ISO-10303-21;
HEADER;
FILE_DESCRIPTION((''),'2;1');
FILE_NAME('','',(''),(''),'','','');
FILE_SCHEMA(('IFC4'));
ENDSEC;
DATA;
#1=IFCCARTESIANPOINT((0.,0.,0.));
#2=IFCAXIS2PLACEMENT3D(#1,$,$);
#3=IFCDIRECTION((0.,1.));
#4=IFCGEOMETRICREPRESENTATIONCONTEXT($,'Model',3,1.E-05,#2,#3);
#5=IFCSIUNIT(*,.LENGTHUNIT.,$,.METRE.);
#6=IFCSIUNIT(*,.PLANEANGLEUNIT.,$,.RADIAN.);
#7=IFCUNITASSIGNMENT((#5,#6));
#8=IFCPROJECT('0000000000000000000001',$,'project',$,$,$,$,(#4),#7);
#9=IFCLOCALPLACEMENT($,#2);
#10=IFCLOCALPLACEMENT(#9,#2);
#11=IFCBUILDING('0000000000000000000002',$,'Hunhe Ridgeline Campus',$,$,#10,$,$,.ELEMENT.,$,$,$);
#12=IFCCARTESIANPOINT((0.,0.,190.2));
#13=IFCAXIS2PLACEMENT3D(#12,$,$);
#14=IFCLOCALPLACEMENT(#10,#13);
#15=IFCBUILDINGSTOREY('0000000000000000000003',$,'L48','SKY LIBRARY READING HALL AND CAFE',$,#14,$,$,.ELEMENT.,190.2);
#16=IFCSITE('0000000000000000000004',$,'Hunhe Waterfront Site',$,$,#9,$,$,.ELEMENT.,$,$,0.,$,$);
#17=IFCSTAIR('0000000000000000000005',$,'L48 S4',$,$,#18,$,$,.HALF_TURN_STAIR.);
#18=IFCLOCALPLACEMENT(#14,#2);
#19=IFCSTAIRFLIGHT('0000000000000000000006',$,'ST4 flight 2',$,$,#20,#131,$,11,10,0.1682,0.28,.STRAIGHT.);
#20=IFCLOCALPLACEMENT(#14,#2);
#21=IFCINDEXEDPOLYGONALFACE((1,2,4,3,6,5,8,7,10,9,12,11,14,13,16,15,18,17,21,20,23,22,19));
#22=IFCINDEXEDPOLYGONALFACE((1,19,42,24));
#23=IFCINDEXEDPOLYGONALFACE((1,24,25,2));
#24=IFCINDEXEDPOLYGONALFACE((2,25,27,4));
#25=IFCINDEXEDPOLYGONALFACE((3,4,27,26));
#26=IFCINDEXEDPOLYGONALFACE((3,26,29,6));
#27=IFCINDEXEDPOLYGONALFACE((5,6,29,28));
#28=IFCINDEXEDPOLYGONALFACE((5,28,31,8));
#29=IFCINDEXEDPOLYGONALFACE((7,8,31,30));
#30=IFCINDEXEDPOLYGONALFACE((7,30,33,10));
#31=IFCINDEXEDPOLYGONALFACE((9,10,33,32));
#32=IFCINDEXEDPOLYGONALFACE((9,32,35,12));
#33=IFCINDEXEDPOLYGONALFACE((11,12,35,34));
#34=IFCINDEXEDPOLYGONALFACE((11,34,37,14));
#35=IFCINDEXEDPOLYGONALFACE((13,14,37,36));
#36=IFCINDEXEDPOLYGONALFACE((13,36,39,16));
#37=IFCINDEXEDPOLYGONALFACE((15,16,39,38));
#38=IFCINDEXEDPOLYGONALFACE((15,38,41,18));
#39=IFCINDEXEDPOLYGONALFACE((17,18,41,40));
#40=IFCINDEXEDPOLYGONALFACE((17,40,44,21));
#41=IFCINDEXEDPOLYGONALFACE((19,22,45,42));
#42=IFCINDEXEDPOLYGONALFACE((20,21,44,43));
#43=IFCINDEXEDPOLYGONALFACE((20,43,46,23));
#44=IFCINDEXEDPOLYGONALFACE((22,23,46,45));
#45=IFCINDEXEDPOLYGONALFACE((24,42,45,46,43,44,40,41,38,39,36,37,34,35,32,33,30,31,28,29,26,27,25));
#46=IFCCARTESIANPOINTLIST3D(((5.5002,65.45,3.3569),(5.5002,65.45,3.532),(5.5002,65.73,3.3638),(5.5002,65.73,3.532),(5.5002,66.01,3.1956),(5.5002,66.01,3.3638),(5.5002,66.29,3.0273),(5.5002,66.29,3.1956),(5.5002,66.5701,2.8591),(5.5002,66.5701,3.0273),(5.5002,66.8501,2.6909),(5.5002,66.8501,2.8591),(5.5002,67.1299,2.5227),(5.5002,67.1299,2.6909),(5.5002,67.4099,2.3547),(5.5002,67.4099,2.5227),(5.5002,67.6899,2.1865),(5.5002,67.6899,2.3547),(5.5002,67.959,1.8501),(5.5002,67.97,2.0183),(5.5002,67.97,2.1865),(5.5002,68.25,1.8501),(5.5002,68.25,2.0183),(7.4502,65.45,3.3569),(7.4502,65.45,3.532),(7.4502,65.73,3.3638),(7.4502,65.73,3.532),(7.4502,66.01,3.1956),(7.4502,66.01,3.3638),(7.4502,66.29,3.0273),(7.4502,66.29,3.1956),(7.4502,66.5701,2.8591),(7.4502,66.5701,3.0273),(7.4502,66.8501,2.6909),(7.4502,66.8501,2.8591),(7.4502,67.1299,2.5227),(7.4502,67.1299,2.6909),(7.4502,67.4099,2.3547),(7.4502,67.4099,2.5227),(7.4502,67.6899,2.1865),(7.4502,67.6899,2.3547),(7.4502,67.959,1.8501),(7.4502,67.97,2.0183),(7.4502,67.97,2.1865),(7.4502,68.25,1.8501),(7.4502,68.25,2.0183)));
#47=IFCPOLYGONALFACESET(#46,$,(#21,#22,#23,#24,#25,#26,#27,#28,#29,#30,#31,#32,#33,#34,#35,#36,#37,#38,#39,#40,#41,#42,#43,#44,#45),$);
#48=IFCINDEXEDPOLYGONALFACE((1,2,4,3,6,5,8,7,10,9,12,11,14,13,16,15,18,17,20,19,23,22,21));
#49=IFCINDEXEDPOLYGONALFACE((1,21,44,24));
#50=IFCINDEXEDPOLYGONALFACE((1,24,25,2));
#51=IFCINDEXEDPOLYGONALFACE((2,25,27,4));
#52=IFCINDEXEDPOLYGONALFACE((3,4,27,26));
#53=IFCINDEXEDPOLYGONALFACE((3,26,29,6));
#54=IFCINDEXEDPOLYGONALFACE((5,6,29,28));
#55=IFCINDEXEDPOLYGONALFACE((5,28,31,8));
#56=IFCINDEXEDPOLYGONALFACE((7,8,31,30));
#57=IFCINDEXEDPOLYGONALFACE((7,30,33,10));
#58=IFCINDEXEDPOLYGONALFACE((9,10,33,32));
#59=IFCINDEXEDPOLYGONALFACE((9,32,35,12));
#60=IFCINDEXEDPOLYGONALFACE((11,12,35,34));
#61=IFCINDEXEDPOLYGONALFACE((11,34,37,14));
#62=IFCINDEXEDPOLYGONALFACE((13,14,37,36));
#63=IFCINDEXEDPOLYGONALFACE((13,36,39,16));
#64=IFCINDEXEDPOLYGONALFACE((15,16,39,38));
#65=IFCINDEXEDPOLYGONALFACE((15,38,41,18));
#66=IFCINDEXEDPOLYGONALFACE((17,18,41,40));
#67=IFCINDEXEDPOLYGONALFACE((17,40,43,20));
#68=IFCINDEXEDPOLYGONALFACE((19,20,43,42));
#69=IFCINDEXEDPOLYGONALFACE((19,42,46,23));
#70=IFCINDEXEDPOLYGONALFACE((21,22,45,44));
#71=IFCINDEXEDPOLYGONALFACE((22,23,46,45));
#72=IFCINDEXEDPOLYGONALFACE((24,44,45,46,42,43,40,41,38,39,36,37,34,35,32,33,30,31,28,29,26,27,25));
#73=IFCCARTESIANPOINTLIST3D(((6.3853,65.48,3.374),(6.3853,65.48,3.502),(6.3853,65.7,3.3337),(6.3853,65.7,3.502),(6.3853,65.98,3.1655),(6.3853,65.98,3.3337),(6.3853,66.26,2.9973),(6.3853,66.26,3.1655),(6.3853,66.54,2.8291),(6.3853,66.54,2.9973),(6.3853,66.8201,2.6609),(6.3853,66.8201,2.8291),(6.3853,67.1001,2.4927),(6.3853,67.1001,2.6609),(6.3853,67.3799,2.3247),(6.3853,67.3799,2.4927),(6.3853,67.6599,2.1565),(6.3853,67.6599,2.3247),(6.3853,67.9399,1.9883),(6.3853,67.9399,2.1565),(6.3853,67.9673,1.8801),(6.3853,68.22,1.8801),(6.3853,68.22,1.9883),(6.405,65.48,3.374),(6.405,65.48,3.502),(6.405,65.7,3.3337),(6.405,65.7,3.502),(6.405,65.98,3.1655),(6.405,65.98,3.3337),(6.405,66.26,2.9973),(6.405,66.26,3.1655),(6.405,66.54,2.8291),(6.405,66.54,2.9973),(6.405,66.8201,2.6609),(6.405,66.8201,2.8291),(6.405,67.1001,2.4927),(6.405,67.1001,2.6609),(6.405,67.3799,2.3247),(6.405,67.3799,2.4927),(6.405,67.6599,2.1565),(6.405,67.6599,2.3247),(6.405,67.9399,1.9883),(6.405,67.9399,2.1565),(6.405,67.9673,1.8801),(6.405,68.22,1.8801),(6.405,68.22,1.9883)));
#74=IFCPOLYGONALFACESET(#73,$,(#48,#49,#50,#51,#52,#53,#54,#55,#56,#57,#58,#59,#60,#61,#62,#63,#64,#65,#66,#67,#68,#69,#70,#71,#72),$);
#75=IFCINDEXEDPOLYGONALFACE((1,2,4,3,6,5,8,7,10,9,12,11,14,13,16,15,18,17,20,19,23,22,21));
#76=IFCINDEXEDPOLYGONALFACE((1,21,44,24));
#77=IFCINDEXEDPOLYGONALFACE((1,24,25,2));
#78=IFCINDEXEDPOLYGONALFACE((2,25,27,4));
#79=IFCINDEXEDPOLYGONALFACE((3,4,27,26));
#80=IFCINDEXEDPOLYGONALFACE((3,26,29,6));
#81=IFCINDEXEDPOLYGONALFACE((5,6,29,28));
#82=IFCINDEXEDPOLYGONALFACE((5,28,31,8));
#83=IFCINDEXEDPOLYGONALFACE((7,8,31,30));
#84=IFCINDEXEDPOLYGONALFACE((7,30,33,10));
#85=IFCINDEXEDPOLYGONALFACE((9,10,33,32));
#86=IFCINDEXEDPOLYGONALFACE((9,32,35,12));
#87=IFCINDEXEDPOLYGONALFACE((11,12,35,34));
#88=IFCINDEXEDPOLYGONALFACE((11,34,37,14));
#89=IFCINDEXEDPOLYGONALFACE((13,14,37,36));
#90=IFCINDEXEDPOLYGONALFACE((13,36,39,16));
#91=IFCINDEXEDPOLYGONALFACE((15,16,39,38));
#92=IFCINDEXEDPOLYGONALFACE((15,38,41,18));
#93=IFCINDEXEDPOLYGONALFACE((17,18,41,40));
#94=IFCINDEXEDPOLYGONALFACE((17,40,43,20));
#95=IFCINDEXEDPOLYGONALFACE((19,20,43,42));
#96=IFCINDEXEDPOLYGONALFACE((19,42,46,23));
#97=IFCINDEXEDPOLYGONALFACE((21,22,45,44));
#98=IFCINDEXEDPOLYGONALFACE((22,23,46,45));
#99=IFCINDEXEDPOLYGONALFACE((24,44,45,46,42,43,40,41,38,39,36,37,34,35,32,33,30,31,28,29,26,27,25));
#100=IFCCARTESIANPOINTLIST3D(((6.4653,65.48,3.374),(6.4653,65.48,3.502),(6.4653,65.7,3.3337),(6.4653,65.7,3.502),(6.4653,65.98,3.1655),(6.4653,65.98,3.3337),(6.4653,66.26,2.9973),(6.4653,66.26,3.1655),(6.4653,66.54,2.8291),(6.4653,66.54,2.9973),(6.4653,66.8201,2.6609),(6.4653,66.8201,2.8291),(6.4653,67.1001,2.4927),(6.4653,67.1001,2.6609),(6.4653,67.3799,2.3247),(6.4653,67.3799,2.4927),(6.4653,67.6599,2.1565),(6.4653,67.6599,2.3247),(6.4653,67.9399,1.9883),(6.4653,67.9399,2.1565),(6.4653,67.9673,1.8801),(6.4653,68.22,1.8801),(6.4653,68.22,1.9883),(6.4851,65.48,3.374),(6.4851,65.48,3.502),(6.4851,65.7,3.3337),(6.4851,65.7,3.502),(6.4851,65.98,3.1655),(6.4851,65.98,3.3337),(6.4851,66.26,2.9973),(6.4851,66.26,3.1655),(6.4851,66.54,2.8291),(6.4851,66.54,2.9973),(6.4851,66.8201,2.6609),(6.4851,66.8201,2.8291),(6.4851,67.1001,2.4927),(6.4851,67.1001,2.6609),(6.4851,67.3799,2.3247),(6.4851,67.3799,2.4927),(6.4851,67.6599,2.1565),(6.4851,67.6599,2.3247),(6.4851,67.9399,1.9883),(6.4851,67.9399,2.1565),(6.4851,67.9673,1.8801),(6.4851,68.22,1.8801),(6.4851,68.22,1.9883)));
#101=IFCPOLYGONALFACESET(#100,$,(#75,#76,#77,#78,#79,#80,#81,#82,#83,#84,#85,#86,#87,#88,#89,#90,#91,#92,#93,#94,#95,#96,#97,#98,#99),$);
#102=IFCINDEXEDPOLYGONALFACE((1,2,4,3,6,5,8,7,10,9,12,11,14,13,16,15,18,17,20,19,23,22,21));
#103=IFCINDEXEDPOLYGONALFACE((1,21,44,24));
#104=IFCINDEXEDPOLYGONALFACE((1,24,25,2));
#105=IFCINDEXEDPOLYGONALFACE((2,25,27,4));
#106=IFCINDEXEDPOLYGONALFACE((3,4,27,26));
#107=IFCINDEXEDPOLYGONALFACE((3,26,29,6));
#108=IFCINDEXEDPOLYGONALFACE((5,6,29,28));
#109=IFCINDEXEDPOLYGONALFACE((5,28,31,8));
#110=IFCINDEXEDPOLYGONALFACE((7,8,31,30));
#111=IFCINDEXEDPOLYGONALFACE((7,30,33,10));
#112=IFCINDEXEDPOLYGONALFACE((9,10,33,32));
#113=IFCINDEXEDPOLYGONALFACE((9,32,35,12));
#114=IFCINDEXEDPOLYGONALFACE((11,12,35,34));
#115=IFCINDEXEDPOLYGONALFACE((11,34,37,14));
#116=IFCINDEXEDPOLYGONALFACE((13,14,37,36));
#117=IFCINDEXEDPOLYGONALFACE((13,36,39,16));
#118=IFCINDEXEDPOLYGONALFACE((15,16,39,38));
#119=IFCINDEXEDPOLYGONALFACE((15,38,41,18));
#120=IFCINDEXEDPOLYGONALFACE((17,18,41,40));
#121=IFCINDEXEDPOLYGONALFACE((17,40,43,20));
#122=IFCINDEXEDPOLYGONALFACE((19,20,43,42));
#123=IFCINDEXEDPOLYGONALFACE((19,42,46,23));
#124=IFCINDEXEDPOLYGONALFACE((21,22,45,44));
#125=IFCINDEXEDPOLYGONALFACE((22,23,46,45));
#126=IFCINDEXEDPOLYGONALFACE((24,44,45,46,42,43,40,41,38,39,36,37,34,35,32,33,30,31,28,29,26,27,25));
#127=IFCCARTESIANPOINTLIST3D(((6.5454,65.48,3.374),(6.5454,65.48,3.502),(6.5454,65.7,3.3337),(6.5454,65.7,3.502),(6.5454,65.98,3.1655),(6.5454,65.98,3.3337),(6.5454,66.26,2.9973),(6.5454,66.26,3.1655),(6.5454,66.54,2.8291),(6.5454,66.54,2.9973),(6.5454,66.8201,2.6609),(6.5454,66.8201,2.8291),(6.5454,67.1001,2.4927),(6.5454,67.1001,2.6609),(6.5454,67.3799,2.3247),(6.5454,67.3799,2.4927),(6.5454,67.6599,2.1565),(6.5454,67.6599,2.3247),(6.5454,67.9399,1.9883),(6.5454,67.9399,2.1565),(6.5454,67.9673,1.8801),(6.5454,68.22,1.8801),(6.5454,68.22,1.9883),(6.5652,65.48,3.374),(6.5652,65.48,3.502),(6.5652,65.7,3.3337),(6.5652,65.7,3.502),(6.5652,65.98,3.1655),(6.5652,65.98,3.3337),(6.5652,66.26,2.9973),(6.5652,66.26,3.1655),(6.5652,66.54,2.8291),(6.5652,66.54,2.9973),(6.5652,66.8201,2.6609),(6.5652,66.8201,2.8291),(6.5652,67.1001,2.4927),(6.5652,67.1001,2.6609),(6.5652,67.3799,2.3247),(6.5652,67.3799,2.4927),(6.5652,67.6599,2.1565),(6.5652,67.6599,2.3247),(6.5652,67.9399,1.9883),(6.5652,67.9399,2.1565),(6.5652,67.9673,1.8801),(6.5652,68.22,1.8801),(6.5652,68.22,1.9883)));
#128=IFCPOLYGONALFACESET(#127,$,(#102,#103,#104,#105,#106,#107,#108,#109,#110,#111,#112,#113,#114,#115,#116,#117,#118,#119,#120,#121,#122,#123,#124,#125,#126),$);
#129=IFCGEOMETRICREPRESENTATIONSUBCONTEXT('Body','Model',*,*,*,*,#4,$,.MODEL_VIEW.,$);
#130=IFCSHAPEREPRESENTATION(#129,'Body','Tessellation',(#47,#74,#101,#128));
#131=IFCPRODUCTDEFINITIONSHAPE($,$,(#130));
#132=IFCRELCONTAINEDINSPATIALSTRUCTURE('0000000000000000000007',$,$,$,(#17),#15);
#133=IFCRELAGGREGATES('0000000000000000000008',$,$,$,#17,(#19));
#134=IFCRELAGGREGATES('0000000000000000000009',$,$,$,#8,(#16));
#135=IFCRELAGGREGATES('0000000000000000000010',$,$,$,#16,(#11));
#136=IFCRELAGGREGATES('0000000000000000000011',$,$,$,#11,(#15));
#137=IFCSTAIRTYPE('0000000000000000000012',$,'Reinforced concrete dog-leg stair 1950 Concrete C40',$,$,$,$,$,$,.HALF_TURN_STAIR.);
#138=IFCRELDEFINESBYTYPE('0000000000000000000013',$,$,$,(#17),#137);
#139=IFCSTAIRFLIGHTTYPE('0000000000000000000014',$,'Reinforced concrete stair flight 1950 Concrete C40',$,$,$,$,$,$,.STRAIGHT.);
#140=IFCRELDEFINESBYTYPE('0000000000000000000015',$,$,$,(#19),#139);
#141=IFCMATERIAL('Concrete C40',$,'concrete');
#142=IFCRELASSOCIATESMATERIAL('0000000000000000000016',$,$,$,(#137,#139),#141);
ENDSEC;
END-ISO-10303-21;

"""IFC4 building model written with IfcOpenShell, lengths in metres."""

from ifc_helpers import new_model, si_unit, direction, frame, origin, place, context, subcontext, project, spatial, polyline, outline, extrude, material, type_object, element, aggregate, save


model = new_model("IFC4")

# Units and contexts
model_context = context("Model", 3, precision=1e-05, world=origin(), true_north=direction((0.0, 1.0)))
body_context = subcontext(model_context, "Body", "Model", "MODEL_VIEW")
ifc_project = project(units=[si_unit("LENGTHUNIT", "METRE"), si_unit("PLANEANGLEUNIT", "RADIAN")], contexts=[model_context])

# Site, building, storey
site_placement = place(None, origin())
site = spatial("IfcSite", under=ifc_project, at=site_placement, Name="Hunhe Waterfront Site", CompositionType="ELEMENT", RefElevation=0.0)
building_placement = place(site_placement, origin())
building = spatial("IfcBuilding", under=site, at=building_placement, Name="Hunhe Ridgeline Campus", CompositionType="ELEMENT")
storey_placement = place(building_placement, frame((0.0, 0.0, 190.2)))
storey = spatial("IfcBuildingStorey", under=building, at=storey_placement, Name="L48", Description="SKY LIBRARY READING HALL AND CAFE", CompositionType="ELEMENT", Elevation=190.2)

# Stair, stair flight
ifc_material_1 = material(Name="Concrete C40", Category="concrete")
stair_type = type_object("IfcStairType", Name="Reinforced concrete dog-leg stair 1950 Concrete C40", PredefinedType="HALF_TURN_STAIR", material=ifc_material_1)
stair_placement = place(storey_placement, origin())
stair = element("IfcStair", 1, at=stair_placement, inside=storey, type_object=stair_type, Name="L48 S4", PredefinedType="HALF_TURN_STAIR")
stair_flight_type = type_object("IfcStairFlightType", Name="Reinforced concrete stair flight 1950 Concrete C40", PredefinedType="STRAIGHT", material=ifc_material_1)
stair_flight_placement = place(storey_placement, frame((6.4751, 68.25, 1.8501), z_axis=(0.0, 0.0, 1.0), x_axis=(0.0, -1.0, 0.0)))
stair_flight = element("IfcStairFlight", 2, at=stair_flight_placement, type_object=stair_flight_type, Name="ST4 flight 2", NumberOfRisers=11, NumberOfTreads=10, PredefinedType="STRAIGHT", RiserHeight=0.1682, TreadLength=0.28, context=body_context, shape_type="SweptSolid", body=[
    extrude(outline(polyline([(0.0, 0.0), (0.0, 0.1682), (0.28, 0.1682), (0.28, 0.3364), (0.5601, 0.3364), (0.5601, 0.5046), (0.8401, 0.5046), (0.8401, 0.6726), (1.1201, 0.6726), (1.1201, 0.8408), (1.3999, 0.8408), (1.3999, 1.009), (1.6799, 1.009), (1.6799, 1.1772), (1.96, 1.1772), (1.96, 1.3455), (2.24, 1.3455), (2.24, 1.5137), (2.52, 1.5137), (2.52, 1.6819), (2.8, 1.6819), (2.8, 1.8501), (2.8, 1.5068), (0.291, 0.0), (0.0, 0.0)])), frame((0.0, 0.9751, 0.0), z_axis=(0.0, -1.0, 0.0), x_axis=(1.0, 0.0, 0.0)), (0.0, 0.0, 1.0), 1.95),
    extrude(outline(polyline([(0.03, 0.03), (0.03, 0.1382), (0.3101, 0.1382), (0.3101, 0.3064), (0.5901, 0.3064), (0.5901, 0.4746), (0.8701, 0.4746), (0.8701, 0.6426), (1.1499, 0.6426), (1.1499, 0.8108), (1.4299, 0.8108), (1.4299, 0.979), (1.71, 0.979), (1.71, 1.1472), (1.99, 1.1472), (1.99, 1.3154), (2.27, 1.3154), (2.27, 1.4836), (2.55, 1.4836), (2.55, 1.6519), (2.77, 1.6519), (2.77, 1.5239), (0.2827, 0.03), (0.03, 0.03)])), frame((0.0, -0.0701, 0.0), z_axis=(0.0, -1.0, 0.0), x_axis=(1.0, 0.0, 0.0)), (0.0, 0.0, 1.0), 0.0198),
    extrude(outline(polyline([(0.03, 0.03), (0.03, 0.1382), (0.3101, 0.1382), (0.3101, 0.3064), (0.5901, 0.3064), (0.5901, 0.4746), (0.8701, 0.4746), (0.8701, 0.6426), (1.1499, 0.6426), (1.1499, 0.8108), (1.4299, 0.8108), (1.4299, 0.979), (1.71, 0.979), (1.71, 1.1472), (1.99, 1.1472), (1.99, 1.3154), (2.27, 1.3154), (2.27, 1.4836), (2.55, 1.4836), (2.55, 1.6519), (2.77, 1.6519), (2.77, 1.5239), (0.2827, 0.03), (0.03, 0.03)])), frame((0.0, 0.01, 0.0), z_axis=(0.0, -1.0, 0.0), x_axis=(1.0, 0.0, 0.0)), (0.0, 0.0, 1.0), 0.0198),
    extrude(outline(polyline([(0.03, 0.03), (0.03, 0.1382), (0.3101, 0.1382), (0.3101, 0.3064), (0.5901, 0.3064), (0.5901, 0.4746), (0.8701, 0.4746), (0.8701, 0.6426), (1.1499, 0.6426), (1.1499, 0.8108), (1.4299, 0.8108), (1.4299, 0.979), (1.71, 0.979), (1.71, 1.1472), (1.99, 1.1472), (1.99, 1.3154), (2.27, 1.3154), (2.27, 1.4836), (2.55, 1.4836), (2.55, 1.6519), (2.77, 1.6519), (2.77, 1.5239), (0.2827, 0.03), (0.03, 0.03)])), frame((0.0, 0.0901, 0.0), z_axis=(0.0, -1.0, 0.0), x_axis=(1.0, 0.0, 0.0)), (0.0, 0.0, 1.0), 0.0198),
])
aggregate(stair, [stair_flight])

save(model, "model.ifc")
